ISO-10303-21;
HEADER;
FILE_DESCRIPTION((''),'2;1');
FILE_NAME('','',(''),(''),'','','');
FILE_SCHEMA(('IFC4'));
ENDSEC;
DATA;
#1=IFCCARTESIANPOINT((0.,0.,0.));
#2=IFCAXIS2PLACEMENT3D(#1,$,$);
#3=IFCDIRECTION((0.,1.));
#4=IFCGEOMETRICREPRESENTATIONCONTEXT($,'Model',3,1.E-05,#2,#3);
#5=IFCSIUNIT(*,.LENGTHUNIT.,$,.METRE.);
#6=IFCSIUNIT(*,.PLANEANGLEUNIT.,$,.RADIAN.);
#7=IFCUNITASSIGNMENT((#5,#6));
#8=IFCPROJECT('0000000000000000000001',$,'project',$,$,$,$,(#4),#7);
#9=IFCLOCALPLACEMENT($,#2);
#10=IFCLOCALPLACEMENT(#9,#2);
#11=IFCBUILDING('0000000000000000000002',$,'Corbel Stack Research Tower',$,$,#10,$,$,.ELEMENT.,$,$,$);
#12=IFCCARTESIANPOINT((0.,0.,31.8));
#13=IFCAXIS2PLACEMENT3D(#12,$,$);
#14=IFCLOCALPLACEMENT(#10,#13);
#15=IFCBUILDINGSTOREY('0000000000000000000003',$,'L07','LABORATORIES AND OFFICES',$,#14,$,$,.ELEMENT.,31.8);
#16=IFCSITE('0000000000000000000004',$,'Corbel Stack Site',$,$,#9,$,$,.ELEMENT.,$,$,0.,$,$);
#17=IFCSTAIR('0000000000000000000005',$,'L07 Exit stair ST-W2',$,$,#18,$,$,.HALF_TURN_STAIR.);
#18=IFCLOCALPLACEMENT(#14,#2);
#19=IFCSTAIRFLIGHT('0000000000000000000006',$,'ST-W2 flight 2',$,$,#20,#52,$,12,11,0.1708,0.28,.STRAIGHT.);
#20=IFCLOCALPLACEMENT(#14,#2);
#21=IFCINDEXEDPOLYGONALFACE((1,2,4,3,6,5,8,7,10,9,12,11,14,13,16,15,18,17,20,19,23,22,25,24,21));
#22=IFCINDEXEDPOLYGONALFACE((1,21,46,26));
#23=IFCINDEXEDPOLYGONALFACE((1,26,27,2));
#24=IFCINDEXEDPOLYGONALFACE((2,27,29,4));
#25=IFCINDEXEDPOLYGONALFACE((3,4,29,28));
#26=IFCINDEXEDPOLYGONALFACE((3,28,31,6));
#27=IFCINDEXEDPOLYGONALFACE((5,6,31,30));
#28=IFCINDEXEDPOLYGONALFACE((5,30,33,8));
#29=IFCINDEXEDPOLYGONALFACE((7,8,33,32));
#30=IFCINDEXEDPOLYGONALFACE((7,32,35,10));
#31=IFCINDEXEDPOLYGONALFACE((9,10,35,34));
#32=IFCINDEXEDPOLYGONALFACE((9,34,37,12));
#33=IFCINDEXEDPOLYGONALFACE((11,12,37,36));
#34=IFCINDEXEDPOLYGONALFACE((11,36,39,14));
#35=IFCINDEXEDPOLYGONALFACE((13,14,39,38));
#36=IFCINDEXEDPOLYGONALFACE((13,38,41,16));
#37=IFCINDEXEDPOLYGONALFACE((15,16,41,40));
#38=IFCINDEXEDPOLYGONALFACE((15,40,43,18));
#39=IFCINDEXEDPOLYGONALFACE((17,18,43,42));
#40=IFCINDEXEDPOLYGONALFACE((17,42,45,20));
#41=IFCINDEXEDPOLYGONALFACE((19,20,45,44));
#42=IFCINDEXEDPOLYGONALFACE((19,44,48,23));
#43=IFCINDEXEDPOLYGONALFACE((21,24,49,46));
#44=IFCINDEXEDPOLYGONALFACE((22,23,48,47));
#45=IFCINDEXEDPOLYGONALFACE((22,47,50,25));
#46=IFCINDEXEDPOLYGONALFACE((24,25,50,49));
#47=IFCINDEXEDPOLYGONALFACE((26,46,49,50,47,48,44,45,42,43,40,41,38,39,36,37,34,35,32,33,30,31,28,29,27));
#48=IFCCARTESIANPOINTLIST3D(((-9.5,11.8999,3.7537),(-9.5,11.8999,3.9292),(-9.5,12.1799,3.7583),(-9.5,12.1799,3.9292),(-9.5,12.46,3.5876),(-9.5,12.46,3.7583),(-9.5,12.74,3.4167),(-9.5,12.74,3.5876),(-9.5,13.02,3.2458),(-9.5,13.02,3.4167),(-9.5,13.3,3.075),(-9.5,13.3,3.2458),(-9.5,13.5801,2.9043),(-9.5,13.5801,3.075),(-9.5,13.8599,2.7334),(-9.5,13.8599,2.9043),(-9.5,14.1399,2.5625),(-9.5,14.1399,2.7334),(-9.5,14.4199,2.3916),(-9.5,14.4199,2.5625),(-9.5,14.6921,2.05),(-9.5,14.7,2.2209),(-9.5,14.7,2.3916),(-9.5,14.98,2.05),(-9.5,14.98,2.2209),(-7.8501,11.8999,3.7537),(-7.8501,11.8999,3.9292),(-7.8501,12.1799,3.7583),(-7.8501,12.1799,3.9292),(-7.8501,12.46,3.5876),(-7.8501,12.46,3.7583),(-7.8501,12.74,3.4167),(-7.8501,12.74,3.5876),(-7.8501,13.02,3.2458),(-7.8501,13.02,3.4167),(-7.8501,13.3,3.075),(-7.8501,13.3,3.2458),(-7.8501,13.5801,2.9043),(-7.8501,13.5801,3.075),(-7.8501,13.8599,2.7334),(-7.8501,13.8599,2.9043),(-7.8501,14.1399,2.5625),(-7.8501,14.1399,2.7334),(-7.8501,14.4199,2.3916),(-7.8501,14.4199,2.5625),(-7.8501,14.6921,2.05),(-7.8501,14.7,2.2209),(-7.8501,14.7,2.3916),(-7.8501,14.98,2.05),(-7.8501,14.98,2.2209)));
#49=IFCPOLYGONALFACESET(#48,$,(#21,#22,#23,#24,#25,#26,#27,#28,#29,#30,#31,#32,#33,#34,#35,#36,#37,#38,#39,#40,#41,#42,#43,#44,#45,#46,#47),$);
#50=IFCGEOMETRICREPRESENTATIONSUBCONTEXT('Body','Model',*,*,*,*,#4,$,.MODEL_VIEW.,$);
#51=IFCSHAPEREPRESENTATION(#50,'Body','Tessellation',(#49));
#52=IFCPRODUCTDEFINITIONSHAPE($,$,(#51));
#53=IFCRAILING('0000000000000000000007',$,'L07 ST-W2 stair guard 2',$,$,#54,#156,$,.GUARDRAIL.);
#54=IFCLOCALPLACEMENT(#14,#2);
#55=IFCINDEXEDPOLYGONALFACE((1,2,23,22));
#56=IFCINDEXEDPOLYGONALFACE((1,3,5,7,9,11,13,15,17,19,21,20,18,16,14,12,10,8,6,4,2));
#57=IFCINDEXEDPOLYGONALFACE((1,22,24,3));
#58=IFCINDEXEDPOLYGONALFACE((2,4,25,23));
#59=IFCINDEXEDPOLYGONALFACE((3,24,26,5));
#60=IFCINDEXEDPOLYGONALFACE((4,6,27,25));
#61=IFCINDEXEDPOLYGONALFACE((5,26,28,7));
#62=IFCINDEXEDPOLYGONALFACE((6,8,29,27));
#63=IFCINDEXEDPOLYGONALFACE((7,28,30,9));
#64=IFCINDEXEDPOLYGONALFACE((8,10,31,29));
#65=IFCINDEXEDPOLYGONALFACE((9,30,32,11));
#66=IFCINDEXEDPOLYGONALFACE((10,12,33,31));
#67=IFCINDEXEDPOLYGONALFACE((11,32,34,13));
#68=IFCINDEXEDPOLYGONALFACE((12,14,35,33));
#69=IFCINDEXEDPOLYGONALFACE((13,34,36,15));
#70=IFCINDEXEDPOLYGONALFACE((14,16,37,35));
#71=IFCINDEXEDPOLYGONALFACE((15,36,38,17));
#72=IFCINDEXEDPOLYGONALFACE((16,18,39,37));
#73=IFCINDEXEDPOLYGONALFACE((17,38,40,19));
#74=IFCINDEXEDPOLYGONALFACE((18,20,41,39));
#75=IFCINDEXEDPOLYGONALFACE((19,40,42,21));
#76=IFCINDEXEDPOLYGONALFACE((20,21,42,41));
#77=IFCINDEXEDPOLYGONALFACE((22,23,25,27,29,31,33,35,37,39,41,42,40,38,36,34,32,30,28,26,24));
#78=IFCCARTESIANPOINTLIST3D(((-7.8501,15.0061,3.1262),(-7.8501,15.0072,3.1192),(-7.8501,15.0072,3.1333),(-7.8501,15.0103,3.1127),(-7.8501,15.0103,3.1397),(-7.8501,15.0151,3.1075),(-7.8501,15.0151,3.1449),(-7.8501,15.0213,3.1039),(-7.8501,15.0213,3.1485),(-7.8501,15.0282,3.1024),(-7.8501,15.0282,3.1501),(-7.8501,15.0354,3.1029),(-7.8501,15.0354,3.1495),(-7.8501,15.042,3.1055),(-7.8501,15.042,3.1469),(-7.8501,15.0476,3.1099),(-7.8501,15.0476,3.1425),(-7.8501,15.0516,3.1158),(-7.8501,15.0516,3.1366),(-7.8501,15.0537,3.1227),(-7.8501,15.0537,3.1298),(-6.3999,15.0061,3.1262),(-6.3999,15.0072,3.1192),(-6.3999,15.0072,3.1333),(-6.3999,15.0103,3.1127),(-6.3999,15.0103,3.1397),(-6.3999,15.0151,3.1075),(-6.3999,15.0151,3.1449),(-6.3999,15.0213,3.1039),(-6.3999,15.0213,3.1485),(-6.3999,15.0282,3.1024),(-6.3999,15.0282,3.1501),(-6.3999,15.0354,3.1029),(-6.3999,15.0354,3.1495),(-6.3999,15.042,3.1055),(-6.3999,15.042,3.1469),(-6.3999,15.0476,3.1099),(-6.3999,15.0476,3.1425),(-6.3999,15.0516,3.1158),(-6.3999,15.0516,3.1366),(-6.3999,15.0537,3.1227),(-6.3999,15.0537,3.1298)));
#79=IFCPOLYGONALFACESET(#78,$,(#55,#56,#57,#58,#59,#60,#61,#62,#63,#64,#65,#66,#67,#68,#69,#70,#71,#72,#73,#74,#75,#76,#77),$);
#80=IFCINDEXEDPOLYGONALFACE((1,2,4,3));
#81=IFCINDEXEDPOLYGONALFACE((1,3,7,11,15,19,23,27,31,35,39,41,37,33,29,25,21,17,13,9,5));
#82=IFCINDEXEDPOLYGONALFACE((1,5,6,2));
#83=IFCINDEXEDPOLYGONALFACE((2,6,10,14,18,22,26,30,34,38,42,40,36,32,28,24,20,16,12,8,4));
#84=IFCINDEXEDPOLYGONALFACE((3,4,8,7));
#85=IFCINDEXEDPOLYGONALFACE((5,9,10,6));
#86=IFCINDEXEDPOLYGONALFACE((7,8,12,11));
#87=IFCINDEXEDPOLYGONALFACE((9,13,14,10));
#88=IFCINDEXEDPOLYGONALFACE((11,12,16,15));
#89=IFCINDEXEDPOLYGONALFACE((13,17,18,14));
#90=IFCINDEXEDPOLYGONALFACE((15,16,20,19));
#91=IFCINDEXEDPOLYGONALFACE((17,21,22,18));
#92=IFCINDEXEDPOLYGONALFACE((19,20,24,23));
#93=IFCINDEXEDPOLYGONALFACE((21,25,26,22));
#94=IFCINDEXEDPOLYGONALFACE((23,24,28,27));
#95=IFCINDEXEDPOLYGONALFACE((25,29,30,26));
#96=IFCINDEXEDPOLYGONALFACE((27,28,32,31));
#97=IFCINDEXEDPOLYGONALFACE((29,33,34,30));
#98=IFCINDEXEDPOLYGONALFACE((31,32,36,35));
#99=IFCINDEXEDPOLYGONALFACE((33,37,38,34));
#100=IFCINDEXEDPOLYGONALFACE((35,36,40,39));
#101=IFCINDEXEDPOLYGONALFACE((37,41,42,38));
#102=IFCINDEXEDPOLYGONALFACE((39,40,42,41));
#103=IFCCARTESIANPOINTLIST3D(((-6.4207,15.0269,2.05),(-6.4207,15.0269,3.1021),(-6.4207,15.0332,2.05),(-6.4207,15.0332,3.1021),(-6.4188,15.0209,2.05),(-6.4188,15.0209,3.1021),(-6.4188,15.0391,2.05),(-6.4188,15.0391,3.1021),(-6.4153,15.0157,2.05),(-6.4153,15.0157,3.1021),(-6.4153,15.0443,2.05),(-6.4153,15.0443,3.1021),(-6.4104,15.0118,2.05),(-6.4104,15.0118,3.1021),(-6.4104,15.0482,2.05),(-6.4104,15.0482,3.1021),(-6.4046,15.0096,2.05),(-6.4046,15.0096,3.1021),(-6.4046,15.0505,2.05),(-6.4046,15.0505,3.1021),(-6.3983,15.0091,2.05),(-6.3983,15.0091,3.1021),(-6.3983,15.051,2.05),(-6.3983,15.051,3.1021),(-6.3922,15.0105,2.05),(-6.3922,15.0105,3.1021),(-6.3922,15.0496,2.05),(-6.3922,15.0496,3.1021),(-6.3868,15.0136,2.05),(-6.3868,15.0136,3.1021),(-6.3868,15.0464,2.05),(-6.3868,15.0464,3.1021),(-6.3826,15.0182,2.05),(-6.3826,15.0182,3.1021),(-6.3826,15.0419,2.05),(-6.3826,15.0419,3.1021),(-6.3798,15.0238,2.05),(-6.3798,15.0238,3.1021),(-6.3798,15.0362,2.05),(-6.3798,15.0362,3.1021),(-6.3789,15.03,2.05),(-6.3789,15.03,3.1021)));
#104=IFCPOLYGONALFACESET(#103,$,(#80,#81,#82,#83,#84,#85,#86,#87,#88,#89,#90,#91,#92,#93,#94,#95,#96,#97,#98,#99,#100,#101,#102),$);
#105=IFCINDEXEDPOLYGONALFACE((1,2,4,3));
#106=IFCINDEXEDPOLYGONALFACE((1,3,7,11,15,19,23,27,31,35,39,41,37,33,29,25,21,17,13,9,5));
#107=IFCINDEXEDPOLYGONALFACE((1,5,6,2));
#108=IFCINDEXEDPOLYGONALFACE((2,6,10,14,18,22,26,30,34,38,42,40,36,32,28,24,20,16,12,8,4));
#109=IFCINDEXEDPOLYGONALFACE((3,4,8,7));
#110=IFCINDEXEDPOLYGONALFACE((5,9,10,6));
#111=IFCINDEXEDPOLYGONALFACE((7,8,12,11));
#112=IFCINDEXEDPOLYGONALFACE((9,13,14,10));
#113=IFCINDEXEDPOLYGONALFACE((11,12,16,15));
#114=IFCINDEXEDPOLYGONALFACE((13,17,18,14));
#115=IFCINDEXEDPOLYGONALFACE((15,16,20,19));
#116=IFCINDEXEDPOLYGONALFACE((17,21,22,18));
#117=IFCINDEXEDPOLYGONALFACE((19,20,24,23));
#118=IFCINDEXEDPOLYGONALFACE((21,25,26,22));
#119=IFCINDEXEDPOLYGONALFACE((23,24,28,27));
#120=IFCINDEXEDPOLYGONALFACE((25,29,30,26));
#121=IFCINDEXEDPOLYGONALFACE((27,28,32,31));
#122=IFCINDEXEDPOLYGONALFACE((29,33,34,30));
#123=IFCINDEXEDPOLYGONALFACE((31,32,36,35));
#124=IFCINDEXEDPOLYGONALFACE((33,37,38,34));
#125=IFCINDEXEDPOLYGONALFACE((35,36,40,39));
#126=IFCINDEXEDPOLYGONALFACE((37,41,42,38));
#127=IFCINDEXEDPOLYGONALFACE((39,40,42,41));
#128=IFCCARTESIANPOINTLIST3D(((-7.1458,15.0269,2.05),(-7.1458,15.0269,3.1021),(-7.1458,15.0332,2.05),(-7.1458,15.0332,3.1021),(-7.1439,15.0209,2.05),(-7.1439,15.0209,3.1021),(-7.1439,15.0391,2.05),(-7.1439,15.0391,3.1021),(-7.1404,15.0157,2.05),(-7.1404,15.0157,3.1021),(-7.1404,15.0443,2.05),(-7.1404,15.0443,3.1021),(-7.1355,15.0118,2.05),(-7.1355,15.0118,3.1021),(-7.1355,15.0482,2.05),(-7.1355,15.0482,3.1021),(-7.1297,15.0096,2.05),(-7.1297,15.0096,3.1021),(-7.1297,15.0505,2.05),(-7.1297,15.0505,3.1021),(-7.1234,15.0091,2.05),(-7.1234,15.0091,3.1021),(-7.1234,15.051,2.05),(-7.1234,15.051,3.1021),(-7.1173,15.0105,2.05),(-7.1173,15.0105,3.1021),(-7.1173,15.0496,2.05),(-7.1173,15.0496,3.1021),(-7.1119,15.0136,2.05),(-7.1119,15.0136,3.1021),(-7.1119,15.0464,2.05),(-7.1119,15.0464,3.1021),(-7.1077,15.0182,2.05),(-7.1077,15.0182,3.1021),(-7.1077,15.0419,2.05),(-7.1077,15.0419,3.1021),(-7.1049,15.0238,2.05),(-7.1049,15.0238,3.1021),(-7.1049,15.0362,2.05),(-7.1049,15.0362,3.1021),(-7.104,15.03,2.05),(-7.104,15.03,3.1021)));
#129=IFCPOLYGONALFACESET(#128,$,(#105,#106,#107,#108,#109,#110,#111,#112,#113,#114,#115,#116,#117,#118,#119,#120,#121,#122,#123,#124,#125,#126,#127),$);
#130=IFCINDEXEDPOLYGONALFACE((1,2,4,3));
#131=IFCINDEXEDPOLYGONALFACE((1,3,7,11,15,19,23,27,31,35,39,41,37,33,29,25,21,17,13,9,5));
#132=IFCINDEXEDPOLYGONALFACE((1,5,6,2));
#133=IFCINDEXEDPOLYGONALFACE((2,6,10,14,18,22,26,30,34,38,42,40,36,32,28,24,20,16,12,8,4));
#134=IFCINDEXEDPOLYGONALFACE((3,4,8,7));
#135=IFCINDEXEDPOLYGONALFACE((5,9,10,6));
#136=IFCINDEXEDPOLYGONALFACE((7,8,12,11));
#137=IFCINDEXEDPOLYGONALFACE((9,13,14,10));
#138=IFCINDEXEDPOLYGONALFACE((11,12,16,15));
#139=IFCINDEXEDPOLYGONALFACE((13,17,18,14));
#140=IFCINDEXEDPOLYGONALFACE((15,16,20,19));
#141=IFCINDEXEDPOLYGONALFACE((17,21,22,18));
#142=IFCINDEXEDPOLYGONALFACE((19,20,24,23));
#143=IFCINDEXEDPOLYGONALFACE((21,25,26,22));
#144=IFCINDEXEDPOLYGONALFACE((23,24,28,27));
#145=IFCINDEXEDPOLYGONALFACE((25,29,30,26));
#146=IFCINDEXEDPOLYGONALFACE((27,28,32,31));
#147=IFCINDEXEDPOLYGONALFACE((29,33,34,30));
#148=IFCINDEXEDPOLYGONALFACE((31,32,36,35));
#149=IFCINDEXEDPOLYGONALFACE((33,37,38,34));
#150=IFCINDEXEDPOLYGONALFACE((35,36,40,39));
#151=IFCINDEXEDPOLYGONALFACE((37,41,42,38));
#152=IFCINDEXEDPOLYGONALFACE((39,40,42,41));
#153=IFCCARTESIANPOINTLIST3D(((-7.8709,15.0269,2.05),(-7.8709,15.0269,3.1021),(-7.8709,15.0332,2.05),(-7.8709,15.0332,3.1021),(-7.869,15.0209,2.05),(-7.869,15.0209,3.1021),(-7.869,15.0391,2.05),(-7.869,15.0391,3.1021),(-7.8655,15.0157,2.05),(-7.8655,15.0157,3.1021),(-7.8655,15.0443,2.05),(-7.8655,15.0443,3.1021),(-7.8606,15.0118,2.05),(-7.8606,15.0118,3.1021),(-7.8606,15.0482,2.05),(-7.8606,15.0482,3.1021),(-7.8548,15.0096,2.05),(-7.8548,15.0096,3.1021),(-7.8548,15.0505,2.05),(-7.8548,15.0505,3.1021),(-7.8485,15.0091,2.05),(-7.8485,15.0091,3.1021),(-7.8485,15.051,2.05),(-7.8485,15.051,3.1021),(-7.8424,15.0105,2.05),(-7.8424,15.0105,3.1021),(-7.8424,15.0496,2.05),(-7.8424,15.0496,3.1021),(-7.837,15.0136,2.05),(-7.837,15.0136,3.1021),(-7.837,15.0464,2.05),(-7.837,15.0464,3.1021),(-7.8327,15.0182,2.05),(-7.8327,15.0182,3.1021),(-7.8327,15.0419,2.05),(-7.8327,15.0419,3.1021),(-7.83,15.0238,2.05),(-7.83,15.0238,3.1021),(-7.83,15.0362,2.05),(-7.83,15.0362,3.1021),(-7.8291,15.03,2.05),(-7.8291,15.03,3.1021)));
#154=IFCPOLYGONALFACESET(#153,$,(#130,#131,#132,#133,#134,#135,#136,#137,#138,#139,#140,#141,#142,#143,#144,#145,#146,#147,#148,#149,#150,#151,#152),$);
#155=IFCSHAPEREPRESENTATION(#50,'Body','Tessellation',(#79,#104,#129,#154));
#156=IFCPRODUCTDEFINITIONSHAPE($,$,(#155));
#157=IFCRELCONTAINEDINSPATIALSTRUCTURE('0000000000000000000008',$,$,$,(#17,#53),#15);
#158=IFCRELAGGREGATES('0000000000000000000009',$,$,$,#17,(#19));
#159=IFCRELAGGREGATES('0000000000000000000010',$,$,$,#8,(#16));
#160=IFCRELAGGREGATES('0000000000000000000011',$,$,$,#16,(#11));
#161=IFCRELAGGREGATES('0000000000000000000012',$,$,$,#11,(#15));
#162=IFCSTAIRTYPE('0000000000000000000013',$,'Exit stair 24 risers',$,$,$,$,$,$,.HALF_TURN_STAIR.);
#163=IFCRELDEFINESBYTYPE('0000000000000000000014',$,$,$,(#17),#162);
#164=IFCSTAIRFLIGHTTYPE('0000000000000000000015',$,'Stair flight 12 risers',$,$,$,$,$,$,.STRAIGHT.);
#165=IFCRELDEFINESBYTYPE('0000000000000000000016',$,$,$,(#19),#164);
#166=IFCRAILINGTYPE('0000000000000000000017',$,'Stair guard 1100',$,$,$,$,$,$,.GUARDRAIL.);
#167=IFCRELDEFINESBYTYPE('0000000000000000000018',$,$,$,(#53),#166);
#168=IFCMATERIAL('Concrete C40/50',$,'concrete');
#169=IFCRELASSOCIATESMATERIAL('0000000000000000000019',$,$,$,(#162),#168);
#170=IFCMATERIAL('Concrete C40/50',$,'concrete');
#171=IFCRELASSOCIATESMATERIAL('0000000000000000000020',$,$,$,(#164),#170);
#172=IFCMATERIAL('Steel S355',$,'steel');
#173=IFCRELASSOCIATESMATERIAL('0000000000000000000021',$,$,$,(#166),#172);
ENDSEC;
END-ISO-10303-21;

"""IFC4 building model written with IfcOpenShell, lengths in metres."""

from ifc_helpers import new_model, si_unit, direction, frame, origin, origin_2d, place, context, subcontext, project, spatial, polyline, circle, outline, extrude, material, type_object, element, aggregate, save


model = new_model("IFC4")

# Units and contexts
model_context = context("Model", 3, precision=1e-05, world=origin(), true_north=direction((0.0, 1.0)))
body_context = subcontext(model_context, "Body", "Model", "MODEL_VIEW")
ifc_project = project(units=[si_unit("LENGTHUNIT", "METRE"), si_unit("PLANEANGLEUNIT", "RADIAN")], contexts=[model_context])

# Site, building, storey
site_placement = place(None, origin())
site = spatial("IfcSite", under=ifc_project, at=site_placement, Name="Corbel Stack Site", CompositionType="ELEMENT", RefElevation=0.0)
building_placement = place(site_placement, origin())
building = spatial("IfcBuilding", under=site, at=building_placement, Name="Corbel Stack Research Tower", CompositionType="ELEMENT")
storey_placement = place(building_placement, frame((0.0, 0.0, 31.8)))
storey = spatial("IfcBuildingStorey", under=building, at=storey_placement, Name="L07", Description="LABORATORIES AND OFFICES", CompositionType="ELEMENT", Elevation=31.8)

# Stair, stair flight
ifc_material_1 = material(Name="Concrete C40/50", Category="concrete")
stair_type = type_object("IfcStairType", Name="Exit stair 24 risers", PredefinedType="HALF_TURN_STAIR", material=ifc_material_1)
stair_placement = place(storey_placement, origin())
stair = element("IfcStair", 1, at=stair_placement, inside=storey, type_object=stair_type, Name="L07 Exit stair ST-W2", PredefinedType="HALF_TURN_STAIR")
ifc_material_2 = material(Name="Concrete C40/50", Category="concrete")
stair_flight_type = type_object("IfcStairFlightType", Name="Stair flight 12 risers", PredefinedType="STRAIGHT", material=ifc_material_2)
stair_flight_placement = place(storey_placement, frame((-8.675, 14.98, 2.05), z_axis=(0.0, 0.0, 1.0), x_axis=(0.0, -1.0, 0.0)))
stair_flight = element("IfcStairFlight", 2, at=stair_flight_placement, type_object=stair_flight_type, Name="ST-W2 flight 2", NumberOfRisers=12, NumberOfTreads=11, PredefinedType="STRAIGHT", RiserHeight=0.1708, TreadLength=0.28, context=body_context, shape_type="SweptSolid", body=[
    extrude(outline(polyline([(0.0, 0.0), (0.0, 0.1709), (0.28, 0.1709), (0.28, 0.3416), (0.5601, 0.3416), (0.5601, 0.5125), (0.8401, 0.5125), (0.8401, 0.6833), (1.1201, 0.6833), (1.1201, 0.8542), (1.3999, 0.8542), (1.3999, 1.0249), (1.6799, 1.0249), (1.6799, 1.1958), (1.96, 1.1958), (1.96, 1.3667), (2.24, 1.3667), (2.24, 1.5376), (2.52, 1.5376), (2.52, 1.7083), (2.8, 1.7083), (2.8, 1.8792), (3.0801, 1.8792), (3.0801, 2.05), (3.0801, 1.7036), (0.2878, 0.0), (0.0, 0.0)])), frame((0.0, 0.825, 0.0), z_axis=(0.0, -1.0, 0.0), x_axis=(1.0, 0.0, 0.0)), (0.0, 0.0, 1.0), 1.6499),
])
aggregate(stair, [stair_flight])

# Railing
ifc_material_3 = material(Name="Steel S355", Category="steel")
railing_type_1 = type_object("IfcRailingType", Name="Stair guard 1100", PredefinedType="GUARDRAIL", material=ifc_material_3)
railing_1_placement = place(storey_placement, frame((-6.3999, 15.03, 2.05)))
element("IfcRailing", 3, at=railing_1_placement, inside=storey, type_object=railing_type_1, Name="L07 ST-W2 stair guard 2", PredefinedType="GUARDRAIL", context=body_context, shape_type="SweptSolid", body=[
    extrude(circle(Radius=0.0239, at=origin_2d()), frame((0.0, 0.0, 1.0762), z_axis=(-1.0, 0.0, 0.0), x_axis=(0.0, -1.0, 0.0)), (0.0, 0.0, 1.0), 1.4502),
    extrude(circle(Radius=0.021, at=origin_2d()), origin(), (0.0, 0.0, 1.0), 1.052),
    extrude(circle(Radius=0.021, at=origin_2d()), frame((-0.7251, 0.0, 0.0)), (0.0, 0.0, 1.0), 1.052),
    extrude(circle(Radius=0.021, at=origin_2d()), frame((-1.4502, 0.0, 0.0)), (0.0, 0.0, 1.0), 1.052),
])

save(model, "model.ifc")
